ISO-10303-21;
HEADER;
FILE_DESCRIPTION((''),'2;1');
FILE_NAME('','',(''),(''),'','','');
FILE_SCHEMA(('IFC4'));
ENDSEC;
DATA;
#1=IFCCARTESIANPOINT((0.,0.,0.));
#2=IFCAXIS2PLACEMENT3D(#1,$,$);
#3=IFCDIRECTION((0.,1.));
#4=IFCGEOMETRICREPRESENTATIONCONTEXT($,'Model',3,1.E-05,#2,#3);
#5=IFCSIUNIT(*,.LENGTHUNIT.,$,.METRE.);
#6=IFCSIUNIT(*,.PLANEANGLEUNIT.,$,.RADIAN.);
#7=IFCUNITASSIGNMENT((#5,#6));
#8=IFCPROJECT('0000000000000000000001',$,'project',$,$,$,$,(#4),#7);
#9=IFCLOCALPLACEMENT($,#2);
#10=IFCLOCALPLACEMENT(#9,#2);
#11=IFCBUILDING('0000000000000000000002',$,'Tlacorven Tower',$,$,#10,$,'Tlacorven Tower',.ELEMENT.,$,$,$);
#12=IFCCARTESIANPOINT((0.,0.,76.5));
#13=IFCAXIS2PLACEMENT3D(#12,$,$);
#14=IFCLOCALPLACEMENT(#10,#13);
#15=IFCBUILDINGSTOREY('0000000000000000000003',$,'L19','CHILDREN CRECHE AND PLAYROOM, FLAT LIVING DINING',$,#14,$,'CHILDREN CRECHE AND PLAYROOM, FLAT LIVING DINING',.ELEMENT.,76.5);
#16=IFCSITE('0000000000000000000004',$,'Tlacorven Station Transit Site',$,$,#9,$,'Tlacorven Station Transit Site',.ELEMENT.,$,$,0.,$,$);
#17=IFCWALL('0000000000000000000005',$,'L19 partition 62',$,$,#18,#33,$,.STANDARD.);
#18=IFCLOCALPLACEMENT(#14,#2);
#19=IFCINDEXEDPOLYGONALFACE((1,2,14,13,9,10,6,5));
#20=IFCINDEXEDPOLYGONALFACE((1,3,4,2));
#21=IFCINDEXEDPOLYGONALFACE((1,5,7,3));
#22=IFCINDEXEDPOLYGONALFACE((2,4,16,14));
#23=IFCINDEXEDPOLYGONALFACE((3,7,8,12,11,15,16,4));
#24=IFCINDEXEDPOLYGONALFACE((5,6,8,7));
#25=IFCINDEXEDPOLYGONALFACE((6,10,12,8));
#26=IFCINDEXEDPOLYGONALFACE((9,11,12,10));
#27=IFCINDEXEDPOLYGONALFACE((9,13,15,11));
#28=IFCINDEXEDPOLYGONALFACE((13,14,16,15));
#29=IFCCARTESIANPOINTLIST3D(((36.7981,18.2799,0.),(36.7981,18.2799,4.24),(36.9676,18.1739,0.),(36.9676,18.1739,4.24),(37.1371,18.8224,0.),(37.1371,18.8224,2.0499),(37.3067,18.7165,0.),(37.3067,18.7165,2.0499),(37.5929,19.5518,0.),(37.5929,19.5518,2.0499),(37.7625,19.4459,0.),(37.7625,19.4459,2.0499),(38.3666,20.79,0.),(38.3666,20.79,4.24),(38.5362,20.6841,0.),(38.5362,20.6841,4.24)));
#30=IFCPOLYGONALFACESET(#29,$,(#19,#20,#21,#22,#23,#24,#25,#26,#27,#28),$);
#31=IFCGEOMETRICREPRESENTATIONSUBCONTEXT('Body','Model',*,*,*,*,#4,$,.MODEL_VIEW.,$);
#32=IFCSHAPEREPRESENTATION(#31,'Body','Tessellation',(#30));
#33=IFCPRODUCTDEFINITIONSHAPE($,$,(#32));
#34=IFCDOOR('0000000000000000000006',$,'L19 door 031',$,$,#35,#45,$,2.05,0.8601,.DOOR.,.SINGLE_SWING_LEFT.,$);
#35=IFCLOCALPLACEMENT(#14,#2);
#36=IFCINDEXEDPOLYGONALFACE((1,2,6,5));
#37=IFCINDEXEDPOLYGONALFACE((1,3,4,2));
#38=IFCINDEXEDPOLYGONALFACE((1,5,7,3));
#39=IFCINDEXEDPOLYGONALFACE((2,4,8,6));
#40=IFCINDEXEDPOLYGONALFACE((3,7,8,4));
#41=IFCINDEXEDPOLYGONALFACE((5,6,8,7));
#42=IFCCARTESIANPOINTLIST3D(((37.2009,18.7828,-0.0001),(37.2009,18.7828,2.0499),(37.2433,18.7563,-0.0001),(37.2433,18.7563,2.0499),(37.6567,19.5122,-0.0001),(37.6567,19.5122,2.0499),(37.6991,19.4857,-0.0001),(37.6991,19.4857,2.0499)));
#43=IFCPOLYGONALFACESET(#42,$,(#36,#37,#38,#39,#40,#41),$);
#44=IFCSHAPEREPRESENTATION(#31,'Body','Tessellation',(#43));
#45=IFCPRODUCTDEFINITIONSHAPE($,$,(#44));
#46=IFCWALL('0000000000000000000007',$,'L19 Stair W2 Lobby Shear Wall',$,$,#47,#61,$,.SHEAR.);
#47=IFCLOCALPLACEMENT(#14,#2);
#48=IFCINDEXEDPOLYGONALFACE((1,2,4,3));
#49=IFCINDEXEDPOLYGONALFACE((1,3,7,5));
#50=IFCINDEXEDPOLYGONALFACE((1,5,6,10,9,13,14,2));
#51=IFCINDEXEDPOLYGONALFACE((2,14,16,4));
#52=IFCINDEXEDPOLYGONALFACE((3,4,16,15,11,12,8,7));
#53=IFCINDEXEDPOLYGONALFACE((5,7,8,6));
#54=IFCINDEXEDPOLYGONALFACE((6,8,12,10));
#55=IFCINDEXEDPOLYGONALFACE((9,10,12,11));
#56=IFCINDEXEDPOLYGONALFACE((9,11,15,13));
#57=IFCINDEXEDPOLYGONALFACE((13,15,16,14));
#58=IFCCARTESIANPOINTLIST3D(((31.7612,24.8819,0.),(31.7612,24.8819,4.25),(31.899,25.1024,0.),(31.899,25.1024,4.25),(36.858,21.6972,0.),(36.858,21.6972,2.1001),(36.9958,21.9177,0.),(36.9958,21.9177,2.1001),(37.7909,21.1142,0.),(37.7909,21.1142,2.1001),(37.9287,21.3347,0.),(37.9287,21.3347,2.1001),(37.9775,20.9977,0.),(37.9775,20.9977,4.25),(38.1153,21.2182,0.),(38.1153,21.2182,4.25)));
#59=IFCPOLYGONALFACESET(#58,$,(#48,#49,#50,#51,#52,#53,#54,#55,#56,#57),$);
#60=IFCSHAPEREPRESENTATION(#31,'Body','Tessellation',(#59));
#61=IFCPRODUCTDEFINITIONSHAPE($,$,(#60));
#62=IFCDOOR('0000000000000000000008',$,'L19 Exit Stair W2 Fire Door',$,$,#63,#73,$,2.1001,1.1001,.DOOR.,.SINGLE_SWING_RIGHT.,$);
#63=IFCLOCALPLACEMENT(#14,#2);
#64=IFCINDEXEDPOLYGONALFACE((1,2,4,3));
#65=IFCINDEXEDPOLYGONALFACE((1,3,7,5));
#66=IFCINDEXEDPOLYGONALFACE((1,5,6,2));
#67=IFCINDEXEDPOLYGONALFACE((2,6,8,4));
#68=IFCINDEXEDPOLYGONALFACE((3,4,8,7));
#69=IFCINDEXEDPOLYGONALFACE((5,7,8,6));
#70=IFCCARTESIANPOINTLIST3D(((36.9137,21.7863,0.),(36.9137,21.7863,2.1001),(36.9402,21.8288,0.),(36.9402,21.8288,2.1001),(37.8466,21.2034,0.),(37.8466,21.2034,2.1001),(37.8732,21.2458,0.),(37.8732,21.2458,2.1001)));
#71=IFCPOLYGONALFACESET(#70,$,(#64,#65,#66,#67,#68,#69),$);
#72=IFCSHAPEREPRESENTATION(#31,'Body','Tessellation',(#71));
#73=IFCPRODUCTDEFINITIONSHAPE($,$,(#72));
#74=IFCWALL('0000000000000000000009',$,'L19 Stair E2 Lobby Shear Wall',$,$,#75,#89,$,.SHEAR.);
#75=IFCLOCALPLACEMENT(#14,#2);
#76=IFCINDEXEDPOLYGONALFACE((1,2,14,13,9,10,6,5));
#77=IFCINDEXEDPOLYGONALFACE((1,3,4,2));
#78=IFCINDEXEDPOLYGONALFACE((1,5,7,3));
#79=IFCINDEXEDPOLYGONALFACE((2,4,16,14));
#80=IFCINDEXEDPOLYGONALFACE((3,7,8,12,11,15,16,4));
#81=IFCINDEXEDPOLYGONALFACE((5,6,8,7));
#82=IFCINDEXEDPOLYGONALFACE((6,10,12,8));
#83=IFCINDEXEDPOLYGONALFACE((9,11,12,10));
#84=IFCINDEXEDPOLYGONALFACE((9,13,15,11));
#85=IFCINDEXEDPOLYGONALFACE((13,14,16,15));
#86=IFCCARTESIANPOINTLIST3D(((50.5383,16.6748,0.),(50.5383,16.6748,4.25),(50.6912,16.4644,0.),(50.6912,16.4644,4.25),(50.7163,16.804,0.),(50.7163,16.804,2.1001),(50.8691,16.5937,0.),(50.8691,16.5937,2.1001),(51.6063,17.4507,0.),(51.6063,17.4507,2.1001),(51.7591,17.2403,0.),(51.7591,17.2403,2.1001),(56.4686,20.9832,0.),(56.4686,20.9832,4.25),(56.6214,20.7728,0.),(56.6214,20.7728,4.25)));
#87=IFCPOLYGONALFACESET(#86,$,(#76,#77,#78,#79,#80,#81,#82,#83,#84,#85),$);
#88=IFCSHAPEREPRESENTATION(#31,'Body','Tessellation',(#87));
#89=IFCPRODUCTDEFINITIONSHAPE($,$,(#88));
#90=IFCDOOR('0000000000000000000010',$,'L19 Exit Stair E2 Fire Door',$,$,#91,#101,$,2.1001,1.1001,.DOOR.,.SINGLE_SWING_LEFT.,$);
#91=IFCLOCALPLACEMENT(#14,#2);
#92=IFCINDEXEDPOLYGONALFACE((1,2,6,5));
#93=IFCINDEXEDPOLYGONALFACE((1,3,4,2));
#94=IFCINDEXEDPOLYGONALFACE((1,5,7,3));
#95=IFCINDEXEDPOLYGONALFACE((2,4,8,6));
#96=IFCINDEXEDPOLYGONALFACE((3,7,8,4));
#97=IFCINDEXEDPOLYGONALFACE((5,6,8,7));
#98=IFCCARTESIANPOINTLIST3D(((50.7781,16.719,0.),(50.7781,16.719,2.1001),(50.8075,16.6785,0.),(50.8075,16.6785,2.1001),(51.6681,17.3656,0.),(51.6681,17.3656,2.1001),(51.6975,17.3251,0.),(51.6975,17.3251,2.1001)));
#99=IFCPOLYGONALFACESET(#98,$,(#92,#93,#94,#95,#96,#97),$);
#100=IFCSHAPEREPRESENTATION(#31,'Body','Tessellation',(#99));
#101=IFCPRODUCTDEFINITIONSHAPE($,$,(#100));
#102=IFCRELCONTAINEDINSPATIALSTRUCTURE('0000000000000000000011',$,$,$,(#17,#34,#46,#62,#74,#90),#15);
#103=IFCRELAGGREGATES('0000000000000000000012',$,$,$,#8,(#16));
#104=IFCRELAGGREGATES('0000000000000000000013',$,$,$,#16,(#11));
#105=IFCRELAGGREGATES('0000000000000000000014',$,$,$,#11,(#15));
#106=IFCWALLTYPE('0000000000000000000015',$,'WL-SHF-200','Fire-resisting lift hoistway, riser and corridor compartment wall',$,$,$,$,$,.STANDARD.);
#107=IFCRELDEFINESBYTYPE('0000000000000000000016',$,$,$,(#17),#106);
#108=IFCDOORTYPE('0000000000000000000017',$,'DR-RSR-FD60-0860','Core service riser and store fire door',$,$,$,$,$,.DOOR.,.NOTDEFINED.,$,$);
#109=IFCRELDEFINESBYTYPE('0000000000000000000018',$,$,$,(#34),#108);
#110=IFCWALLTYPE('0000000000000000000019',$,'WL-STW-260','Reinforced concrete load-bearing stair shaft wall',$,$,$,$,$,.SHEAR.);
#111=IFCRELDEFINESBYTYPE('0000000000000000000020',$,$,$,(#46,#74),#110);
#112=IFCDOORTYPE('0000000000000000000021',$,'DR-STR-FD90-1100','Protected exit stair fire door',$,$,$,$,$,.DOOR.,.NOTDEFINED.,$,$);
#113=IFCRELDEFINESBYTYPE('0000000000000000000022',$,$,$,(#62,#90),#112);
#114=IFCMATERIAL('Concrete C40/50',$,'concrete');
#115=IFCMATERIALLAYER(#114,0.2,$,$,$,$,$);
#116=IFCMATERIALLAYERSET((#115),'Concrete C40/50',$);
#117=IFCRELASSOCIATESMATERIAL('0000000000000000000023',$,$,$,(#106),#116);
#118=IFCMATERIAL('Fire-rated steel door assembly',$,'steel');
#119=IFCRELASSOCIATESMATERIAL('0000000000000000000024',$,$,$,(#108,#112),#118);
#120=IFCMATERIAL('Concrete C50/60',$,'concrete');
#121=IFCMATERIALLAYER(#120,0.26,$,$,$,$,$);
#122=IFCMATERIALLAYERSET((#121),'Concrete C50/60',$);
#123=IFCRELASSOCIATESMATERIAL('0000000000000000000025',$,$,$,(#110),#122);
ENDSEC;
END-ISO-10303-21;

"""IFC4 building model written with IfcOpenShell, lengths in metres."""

from ifc_helpers import new_model, si_unit, direction, frame, frame_2d, origin, place, context, subcontext, project, spatial, rectangle, extrude, source, transform, mapped, material, layer, layer_set, type_object, element, fill, save


model = new_model("IFC4")

# Units and contexts
model_context = context("Model", 3, precision=1e-05, world=origin(), true_north=direction((0.0, 1.0)))
body_context = subcontext(model_context, "Body", "Model", "MODEL_VIEW")
ifc_project = project(units=[si_unit("LENGTHUNIT", "METRE"), si_unit("PLANEANGLEUNIT", "RADIAN")], contexts=[model_context])

# Site, building, storey
site_placement = place(None, origin())
site = spatial("IfcSite", under=ifc_project, at=site_placement, Name="Tlacorven Station Transit Site", LongName="Tlacorven Station Transit Site", CompositionType="ELEMENT", RefElevation=0.0)
building_placement = place(site_placement, origin())
building = spatial("IfcBuilding", under=site, at=building_placement, Name="Tlacorven Tower", LongName="Tlacorven Tower", CompositionType="ELEMENT")
storey_placement = place(building_placement, frame((0.0, 0.0, 76.5)))
storey = spatial("IfcBuildingStorey", under=building, at=storey_placement, Name="L19", Description="CHILDREN CRECHE AND PLAYROOM, FLAT LIVING DINING", LongName="CHILDREN CRECHE AND PLAYROOM, FLAT LIVING DINING", CompositionType="ELEMENT", Elevation=76.5)

# Shared definitions
ifc_material_1 = material(Name="Fire-rated steel door assembly", Category="steel")

# Walls, openings, doors
ifc_material_2 = material(Name="Concrete C40/50", Category="concrete")
ifc_layer_1 = layer(ifc_material_2, 0.2)
ifc_layer_set_1 = layer_set([ifc_layer_1], Name="Concrete C40/50")
wall_type_1 = type_object("IfcWallType", Name="WL-SHF-200", Description="Fire-resisting lift hoistway, riser and corridor compartment wall", PredefinedType="STANDARD", material=ifc_layer_set_1)
wall_1_placement = place(storey_placement, frame((38.4514, 20.7371, 0.0), z_axis=(0.0, 0.0, 1.0), x_axis=(-0.529925, -0.848045, 0.0)))
wall_1 = element("IfcWall", 1, at=wall_1_placement, inside=storey, type_object=wall_type_1, Name="L19 partition 62", PredefinedType="STANDARD", context=body_context, shape_type="SweptSolid", body=[
    extrude(rectangle(XDim=2.96, YDim=0.2, at=frame_2d((1.48, 0.0))), origin(), (0.0, 0.0, 1.0), 4.24),
])
opening_1_placement = place(wall_1_placement, frame((1.46, 0.0, 0.0)))
opening_1 = element("IfcOpeningElement", 2, at=opening_1_placement, cuts=wall_1, PredefinedType="OPENING", context=body_context, shape_type="SweptSolid", body=[
    extrude(rectangle(XDim=0.8601, YDim=2.05, at=frame_2d((0.4302, 1.0249))), frame((0.0, 0.1099, 0.0), z_axis=(0.0, -1.0, 0.0), x_axis=(1.0, 0.0, 0.0)), (0.0, 0.0, 1.0), 0.22),
])
door_type_1 = type_object("IfcDoorType", Name="DR-RSR-FD60-0860", Description="Core service riser and store fire door", OperationType="NOTDEFINED", PredefinedType="DOOR", material=ifc_material_1)
shared_shape_1 = source(origin(), body_context, "Body", "SweptSolid", [
    extrude(rectangle(XDim=0.8601, YDim=2.05, at=frame_2d((0.4302, 1.0249))), frame((0.0, 0.0249, 0.0), z_axis=(0.0, -1.0, 0.0), x_axis=(1.0, 0.0, 0.0)), (0.0, 0.0, 1.0), 0.05),
])
door_1_placement = place(opening_1_placement, frame((0.8601, 0.0, 0.0), z_axis=(0.0, 0.0, 1.0), x_axis=(-1.0, 0.0, 0.0)))
door_1 = element("IfcDoor", 3, at=door_1_placement, inside=storey, type_object=door_type_1, Name="L19 door 031", OperationType="SINGLE_SWING_LEFT", OverallHeight=2.05, OverallWidth=0.8601, PredefinedType="DOOR", context=body_context, shape_type="MappedRepresentation", body=[
    mapped(shared_shape_1, transform((0.0, 0.0, 0.0), scale=1.0)),
])
fill(opening_1, door_1)
ifc_material_3 = material(Name="Concrete C50/60", Category="concrete")
ifc_layer_2 = layer(ifc_material_3, 0.26)
ifc_layer_set_2 = layer_set([ifc_layer_2], Name="Concrete C50/60")
wall_type_2 = type_object("IfcWallType", Name="WL-STW-260", Description="Reinforced concrete load-bearing stair shaft wall", PredefinedType="SHEAR", material=ifc_layer_set_2)
wall_2_placement = place(storey_placement, frame((38.0464, 21.1079, 0.0), z_axis=(0.0, 0.0, 1.0), x_axis=(-0.848054, 0.529909, 0.0)))
wall_2 = element("IfcWall", 4, at=wall_2_placement, inside=storey, type_object=wall_type_2, Name="L19 Stair W2 Lobby Shear Wall", PredefinedType="SHEAR", context=body_context, shape_type="SweptSolid", body=[
    extrude(rectangle(XDim=7.3301, YDim=0.26, at=frame_2d((3.665, 0.0))), origin(), (0.0, 0.0, 1.0), 4.25),
])
opening_2_placement = place(wall_2_placement, frame((0.22, 0.0, 0.0)))
opening_2 = element("IfcOpeningElement", 5, at=opening_2_placement, cuts=wall_2, PredefinedType="OPENING", context=body_context, shape_type="SweptSolid", body=[
    extrude(rectangle(XDim=1.1001, YDim=2.1001, at=frame_2d((0.55, 1.05))), frame((0.0, 0.1401, 0.0), z_axis=(0.0, -1.0, 0.0), x_axis=(1.0, 0.0, 0.0)), (0.0, 0.0, 1.0), 0.28),
])
door_type_2 = type_object("IfcDoorType", Name="DR-STR-FD90-1100", Description="Protected exit stair fire door", OperationType="NOTDEFINED", PredefinedType="DOOR", material=ifc_material_1)
shared_shape_2 = source(origin(), body_context, "Body", "SweptSolid", [
    extrude(rectangle(XDim=1.1001, YDim=2.1001, at=frame_2d((0.55, 1.05))), frame((0.0, 0.0249, 0.0), z_axis=(0.0, -1.0, 0.0), x_axis=(1.0, 0.0, 0.0)), (0.0, 0.0, 1.0), 0.05),
])
door_2_placement = place(opening_2_placement, origin())
door_2 = element("IfcDoor", 6, at=door_2_placement, inside=storey, type_object=door_type_2, Name="L19 Exit Stair W2 Fire Door", OperationType="SINGLE_SWING_RIGHT", OverallHeight=2.1001, OverallWidth=1.1001, PredefinedType="DOOR", context=body_context, shape_type="MappedRepresentation", body=[
    mapped(shared_shape_2, transform((0.0, 0.0, 0.0), scale=1.0)),
])
fill(opening_2, door_2)
wall_3_placement = place(storey_placement, frame((50.6147, 16.5696, 0.0), z_axis=(0.0, 0.0, 1.0), x_axis=(0.809028, 0.58777, 0.0)))
wall_3 = element("IfcWall", 7, at=wall_3_placement, inside=storey, type_object=wall_type_2, Name="L19 Stair E2 Lobby Shear Wall", PredefinedType="SHEAR", context=body_context, shape_type="SweptSolid", body=[
    extrude(rectangle(XDim=7.3301, YDim=0.26, at=frame_2d((3.665, 0.0))), origin(), (0.0, 0.0, 1.0), 4.25),
])
opening_3_placement = place(wall_3_placement, frame((0.22, 0.0, 0.0)))
opening_3 = element("IfcOpeningElement", 8, at=opening_3_placement, cuts=wall_3, PredefinedType="OPENING", context=body_context, shape_type="SweptSolid", body=[
    extrude(rectangle(XDim=1.1001, YDim=2.1001, at=frame_2d((0.55, 1.05))), frame((0.0, 0.1401, 0.0), z_axis=(0.0, -1.0, 0.0), x_axis=(1.0, 0.0, 0.0)), (0.0, 0.0, 1.0), 0.28),
])
door_3_placement = place(opening_3_placement, origin())
door_3 = element("IfcDoor", 9, at=door_3_placement, inside=storey, type_object=door_type_2, Name="L19 Exit Stair E2 Fire Door", OperationType="SINGLE_SWING_LEFT", OverallHeight=2.1001, OverallWidth=1.1001, PredefinedType="DOOR", context=body_context, shape_type="MappedRepresentation", body=[
    mapped(shared_shape_2, transform((0.0, 0.0, 0.0), scale=1.0)),
])
fill(opening_3, door_3)

save(model, "model.ifc")
